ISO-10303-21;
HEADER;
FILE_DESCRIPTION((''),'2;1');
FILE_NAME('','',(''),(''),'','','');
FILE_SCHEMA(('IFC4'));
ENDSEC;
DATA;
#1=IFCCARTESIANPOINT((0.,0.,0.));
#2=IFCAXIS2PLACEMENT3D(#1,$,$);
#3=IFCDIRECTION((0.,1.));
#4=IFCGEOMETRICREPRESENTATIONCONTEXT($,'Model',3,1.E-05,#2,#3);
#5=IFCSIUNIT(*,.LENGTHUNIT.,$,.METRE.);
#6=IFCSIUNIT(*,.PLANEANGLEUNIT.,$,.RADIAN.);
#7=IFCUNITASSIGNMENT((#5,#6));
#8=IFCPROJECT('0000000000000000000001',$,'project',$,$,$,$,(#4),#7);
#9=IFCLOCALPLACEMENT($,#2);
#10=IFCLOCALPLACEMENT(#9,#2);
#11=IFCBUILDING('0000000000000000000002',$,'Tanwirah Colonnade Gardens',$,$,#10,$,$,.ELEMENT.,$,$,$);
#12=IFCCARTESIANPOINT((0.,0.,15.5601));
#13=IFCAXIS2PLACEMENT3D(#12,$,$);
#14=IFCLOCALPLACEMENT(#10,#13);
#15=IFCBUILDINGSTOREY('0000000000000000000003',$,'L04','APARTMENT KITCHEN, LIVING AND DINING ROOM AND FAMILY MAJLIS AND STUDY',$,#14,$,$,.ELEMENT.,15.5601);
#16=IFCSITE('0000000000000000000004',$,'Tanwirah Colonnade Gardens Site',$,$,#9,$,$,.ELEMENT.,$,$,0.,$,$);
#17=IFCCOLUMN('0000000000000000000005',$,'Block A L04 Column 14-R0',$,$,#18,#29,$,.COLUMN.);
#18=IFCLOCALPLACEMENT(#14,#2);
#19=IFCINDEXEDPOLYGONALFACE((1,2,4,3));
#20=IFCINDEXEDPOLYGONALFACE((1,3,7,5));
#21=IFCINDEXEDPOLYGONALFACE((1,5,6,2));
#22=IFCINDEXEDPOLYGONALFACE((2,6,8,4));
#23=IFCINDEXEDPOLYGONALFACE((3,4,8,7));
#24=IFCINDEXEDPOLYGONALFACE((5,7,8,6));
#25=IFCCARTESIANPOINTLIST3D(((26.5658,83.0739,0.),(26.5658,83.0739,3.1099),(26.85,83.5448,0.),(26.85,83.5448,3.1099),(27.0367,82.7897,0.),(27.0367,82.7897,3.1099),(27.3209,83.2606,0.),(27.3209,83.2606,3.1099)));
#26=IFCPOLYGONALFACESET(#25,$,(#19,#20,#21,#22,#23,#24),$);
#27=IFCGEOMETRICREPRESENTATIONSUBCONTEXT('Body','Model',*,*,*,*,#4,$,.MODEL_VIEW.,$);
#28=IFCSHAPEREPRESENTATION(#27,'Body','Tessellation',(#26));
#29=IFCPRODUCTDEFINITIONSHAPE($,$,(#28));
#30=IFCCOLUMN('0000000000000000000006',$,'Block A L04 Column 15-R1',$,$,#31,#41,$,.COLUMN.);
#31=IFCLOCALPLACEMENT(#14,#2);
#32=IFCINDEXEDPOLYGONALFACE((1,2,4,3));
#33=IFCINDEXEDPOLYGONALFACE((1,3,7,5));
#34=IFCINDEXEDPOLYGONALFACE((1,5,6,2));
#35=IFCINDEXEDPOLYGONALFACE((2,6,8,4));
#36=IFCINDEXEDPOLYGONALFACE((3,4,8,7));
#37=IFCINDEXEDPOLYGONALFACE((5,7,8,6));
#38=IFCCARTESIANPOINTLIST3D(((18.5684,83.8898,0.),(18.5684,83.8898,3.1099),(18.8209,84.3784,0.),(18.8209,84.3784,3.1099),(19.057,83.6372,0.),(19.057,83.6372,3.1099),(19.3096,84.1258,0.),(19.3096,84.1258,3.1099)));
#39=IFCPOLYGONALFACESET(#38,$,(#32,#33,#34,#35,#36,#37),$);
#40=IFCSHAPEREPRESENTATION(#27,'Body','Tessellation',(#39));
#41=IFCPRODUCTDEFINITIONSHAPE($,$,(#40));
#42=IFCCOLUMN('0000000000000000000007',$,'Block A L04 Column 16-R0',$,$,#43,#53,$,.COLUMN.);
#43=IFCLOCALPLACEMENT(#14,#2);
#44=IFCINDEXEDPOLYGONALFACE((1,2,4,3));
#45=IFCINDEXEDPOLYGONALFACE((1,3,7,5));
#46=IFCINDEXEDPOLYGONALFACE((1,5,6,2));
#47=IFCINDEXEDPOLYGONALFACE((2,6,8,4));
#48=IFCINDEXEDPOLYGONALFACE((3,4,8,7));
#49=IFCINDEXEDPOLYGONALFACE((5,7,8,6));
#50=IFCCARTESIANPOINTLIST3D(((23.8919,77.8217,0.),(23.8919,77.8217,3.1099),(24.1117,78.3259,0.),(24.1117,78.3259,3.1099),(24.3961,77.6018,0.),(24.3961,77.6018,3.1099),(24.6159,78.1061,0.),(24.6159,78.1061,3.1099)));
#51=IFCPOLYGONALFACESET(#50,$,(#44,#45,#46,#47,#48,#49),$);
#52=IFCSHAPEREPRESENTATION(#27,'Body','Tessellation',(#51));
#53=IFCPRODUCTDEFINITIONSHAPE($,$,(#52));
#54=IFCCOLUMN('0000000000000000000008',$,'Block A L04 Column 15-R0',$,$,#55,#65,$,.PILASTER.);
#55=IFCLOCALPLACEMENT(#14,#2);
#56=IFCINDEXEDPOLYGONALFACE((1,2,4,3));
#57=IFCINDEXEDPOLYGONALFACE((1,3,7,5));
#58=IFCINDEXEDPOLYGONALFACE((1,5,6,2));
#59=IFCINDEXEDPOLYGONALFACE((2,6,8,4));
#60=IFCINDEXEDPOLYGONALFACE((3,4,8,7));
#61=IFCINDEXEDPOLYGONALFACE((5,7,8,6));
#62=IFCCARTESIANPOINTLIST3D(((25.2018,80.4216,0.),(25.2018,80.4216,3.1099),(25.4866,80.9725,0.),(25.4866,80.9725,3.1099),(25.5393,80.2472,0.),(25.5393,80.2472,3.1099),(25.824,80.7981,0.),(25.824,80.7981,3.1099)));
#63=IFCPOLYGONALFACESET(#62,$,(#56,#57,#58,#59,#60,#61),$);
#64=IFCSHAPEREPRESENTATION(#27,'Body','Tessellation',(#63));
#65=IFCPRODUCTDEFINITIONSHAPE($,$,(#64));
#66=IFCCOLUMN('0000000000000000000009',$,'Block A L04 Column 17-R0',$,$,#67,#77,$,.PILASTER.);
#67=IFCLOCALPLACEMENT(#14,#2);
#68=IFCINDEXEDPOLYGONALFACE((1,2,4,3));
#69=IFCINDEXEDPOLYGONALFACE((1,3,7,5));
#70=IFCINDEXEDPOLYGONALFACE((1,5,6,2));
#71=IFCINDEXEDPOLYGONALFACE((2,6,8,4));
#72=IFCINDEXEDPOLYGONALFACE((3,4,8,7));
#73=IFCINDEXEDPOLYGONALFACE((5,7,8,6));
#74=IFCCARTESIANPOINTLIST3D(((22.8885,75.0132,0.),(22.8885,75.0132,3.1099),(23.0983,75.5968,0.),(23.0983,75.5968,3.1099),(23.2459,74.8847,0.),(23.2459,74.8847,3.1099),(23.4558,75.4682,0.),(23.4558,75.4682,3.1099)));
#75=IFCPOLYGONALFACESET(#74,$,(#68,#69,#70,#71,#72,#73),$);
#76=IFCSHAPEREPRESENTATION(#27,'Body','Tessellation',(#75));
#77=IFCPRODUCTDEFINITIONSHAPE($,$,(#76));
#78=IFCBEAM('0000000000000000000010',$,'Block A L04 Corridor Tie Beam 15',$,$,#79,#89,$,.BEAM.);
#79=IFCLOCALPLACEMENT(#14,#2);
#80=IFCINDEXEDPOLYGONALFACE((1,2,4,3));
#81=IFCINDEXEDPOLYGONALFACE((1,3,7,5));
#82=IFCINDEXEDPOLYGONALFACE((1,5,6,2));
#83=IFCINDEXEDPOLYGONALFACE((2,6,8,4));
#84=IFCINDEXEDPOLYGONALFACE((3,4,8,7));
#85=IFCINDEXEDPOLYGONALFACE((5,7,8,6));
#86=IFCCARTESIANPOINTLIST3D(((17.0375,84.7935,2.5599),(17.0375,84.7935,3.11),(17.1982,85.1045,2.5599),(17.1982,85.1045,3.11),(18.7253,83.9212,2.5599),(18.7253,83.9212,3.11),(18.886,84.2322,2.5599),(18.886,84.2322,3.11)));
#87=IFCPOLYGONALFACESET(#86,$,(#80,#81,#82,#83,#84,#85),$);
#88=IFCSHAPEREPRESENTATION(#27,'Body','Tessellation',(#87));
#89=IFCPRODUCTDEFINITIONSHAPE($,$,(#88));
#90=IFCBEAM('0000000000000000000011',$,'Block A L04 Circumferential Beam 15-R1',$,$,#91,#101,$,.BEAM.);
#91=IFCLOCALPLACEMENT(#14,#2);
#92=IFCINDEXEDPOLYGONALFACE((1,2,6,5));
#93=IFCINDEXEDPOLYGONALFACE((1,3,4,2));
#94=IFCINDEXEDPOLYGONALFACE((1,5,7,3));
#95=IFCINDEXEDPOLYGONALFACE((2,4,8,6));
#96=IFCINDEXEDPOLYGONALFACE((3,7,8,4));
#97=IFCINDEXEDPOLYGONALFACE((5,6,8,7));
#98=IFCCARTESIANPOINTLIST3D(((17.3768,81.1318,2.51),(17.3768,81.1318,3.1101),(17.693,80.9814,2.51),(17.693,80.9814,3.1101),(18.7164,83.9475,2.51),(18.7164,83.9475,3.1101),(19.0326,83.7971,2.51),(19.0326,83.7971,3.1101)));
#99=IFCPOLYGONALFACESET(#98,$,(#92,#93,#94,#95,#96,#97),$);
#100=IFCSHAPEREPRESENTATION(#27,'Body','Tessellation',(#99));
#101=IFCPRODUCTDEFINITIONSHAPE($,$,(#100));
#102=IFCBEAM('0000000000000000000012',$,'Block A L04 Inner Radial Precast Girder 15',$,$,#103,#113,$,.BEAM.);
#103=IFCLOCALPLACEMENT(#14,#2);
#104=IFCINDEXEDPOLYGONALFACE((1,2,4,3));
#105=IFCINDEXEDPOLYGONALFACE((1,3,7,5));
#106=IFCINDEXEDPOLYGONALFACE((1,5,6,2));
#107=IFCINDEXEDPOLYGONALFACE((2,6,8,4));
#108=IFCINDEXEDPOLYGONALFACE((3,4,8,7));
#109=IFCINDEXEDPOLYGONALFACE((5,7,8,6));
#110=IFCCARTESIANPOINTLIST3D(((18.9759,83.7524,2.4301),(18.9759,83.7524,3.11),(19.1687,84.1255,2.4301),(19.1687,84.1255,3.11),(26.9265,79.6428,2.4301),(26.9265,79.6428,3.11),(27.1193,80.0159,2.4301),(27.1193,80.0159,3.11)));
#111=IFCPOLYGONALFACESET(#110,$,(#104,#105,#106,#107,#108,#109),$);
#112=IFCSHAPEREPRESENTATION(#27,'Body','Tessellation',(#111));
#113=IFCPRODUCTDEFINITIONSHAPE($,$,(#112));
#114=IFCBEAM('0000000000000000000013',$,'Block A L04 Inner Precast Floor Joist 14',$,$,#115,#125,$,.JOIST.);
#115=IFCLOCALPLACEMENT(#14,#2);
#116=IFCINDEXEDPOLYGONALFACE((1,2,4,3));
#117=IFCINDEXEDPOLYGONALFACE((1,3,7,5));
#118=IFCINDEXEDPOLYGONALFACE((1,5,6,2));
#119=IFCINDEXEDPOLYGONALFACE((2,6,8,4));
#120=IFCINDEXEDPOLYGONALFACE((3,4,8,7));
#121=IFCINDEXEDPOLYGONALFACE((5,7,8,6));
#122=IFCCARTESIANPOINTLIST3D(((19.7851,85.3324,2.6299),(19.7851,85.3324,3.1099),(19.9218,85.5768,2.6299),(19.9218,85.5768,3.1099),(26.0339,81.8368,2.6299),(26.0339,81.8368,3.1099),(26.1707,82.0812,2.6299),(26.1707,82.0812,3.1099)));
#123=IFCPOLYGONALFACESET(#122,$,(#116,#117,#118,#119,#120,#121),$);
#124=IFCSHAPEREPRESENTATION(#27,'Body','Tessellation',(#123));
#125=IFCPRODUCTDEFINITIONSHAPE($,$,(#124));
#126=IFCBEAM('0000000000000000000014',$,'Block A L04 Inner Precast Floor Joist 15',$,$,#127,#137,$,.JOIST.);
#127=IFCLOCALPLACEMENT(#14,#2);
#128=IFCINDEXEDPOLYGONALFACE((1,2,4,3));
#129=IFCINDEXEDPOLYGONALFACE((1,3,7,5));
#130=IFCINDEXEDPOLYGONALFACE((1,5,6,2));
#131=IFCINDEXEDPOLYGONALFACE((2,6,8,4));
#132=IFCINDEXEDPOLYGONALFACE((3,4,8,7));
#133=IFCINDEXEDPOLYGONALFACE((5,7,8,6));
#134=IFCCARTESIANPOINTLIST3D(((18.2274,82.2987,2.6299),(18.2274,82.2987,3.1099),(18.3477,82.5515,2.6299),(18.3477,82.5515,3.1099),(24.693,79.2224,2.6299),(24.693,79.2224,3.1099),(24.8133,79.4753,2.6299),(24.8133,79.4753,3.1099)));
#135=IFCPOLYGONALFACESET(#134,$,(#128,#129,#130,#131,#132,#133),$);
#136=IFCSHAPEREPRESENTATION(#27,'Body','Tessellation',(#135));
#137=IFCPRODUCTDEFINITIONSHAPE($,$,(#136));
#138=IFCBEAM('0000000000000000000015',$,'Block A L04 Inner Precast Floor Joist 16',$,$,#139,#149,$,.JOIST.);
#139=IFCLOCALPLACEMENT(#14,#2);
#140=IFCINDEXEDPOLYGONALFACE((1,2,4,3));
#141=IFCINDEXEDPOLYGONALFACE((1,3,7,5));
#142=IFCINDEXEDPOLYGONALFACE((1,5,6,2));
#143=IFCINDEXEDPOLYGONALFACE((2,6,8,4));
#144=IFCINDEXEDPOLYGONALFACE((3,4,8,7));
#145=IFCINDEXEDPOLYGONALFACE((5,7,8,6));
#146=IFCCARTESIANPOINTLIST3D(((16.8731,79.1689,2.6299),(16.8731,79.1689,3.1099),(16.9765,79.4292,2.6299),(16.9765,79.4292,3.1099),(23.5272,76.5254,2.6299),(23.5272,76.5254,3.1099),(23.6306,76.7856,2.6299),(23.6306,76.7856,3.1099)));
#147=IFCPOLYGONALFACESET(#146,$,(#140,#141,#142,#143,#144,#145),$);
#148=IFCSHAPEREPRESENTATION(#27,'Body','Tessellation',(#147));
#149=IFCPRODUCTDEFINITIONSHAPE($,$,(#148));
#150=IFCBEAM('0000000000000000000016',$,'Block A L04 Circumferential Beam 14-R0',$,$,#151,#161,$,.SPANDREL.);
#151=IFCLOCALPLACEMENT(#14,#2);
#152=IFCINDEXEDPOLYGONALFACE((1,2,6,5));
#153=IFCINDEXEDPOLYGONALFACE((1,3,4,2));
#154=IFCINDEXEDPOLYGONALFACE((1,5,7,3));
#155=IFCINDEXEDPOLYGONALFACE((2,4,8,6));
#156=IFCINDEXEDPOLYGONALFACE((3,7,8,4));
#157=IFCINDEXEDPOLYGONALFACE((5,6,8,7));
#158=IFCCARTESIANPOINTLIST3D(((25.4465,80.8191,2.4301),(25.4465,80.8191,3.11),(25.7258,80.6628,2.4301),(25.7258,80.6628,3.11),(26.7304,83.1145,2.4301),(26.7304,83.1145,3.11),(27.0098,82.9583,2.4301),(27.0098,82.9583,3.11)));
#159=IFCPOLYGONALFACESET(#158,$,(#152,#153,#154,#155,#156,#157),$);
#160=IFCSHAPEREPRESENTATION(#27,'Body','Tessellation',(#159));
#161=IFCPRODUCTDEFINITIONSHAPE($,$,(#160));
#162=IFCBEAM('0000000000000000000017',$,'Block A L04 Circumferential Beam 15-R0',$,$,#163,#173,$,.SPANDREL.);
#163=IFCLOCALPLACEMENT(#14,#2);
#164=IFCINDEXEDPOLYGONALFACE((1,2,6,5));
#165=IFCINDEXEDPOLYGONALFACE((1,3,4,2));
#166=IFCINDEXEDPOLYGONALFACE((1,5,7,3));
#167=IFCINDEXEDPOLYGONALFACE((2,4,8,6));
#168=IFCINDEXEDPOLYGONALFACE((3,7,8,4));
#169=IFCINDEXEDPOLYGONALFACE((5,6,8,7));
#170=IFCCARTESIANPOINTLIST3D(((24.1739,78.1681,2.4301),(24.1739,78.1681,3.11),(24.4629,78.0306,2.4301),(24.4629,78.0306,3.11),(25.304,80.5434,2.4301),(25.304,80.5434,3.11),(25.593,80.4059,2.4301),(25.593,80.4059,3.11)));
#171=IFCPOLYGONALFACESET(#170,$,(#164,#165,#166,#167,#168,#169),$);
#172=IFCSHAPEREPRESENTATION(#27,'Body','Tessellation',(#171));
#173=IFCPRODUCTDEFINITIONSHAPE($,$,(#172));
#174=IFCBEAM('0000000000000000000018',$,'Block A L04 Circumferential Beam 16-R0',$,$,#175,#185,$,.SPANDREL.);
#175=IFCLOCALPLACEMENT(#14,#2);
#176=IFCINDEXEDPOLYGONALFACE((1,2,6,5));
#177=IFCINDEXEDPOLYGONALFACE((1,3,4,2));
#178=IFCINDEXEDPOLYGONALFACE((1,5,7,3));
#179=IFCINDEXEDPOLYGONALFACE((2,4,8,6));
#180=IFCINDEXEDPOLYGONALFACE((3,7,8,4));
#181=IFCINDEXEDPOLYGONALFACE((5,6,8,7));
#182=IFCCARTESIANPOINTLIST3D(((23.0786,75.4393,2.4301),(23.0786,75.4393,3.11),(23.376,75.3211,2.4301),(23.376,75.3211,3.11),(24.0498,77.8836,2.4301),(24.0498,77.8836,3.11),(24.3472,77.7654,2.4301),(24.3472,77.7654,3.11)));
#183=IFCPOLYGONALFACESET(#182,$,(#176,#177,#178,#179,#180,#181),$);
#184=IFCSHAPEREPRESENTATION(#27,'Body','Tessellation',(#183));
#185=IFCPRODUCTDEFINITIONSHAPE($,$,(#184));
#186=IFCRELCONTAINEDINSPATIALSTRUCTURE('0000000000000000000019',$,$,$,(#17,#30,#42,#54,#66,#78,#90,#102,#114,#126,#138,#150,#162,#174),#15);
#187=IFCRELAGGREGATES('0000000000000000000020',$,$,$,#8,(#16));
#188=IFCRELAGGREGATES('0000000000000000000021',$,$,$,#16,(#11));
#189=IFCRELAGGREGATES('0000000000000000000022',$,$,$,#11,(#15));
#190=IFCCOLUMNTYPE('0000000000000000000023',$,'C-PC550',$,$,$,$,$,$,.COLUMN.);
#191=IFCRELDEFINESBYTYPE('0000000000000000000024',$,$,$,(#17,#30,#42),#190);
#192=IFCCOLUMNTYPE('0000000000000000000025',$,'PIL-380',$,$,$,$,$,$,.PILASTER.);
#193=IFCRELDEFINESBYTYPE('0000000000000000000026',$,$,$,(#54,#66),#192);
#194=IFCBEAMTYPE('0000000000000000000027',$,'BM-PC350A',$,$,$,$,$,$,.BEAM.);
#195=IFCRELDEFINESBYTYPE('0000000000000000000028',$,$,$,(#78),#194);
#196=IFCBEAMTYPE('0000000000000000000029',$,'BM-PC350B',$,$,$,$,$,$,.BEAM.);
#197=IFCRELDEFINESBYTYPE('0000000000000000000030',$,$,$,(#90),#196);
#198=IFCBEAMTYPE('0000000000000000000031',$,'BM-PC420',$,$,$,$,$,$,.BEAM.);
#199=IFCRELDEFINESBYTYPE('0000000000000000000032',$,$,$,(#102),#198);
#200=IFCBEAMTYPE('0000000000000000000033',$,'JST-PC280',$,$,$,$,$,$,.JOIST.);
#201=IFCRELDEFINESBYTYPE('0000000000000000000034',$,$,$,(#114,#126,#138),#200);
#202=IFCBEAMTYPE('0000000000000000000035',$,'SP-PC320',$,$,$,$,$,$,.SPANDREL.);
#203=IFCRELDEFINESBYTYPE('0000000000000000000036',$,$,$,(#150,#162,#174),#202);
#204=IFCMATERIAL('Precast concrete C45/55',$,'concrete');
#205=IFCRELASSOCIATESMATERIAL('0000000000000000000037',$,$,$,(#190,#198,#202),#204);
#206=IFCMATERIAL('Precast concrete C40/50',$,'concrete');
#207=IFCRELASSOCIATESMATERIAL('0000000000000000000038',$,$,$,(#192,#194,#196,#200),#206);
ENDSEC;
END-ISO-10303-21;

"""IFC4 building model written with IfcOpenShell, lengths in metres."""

from ifc_helpers import new_model, si_unit, direction, frame, origin, origin_2d, place, context, subcontext, project, spatial, rectangle, extrude, material, material_profile, profile_set, type_object, element, save


model = new_model("IFC4")

# Units and contexts
model_context = context("Model", 3, precision=1e-05, world=origin(), true_north=direction((0.0, 1.0)))
body_context = subcontext(model_context, "Body", "Model", "MODEL_VIEW")
ifc_project = project(units=[si_unit("LENGTHUNIT", "METRE"), si_unit("PLANEANGLEUNIT", "RADIAN")], contexts=[model_context])

# Site, building, storey
site_placement = place(None, origin())
site = spatial("IfcSite", under=ifc_project, at=site_placement, Name="Tanwirah Colonnade Gardens Site", CompositionType="ELEMENT", RefElevation=0.0)
building_placement = place(site_placement, origin())
building = spatial("IfcBuilding", under=site, at=building_placement, Name="Tanwirah Colonnade Gardens", CompositionType="ELEMENT")
storey_placement = place(building_placement, frame((0.0, 0.0, 15.5601)))
storey = spatial("IfcBuildingStorey", under=building, at=storey_placement, Name="L04", Description="APARTMENT KITCHEN, LIVING AND DINING ROOM AND FAMILY MAJLIS AND STUDY", CompositionType="ELEMENT", Elevation=15.5601)

# Columns
ifc_material_1 = material(Name="Precast concrete C45/55", Category="concrete")
ifc_material_profile_1 = material_profile(ifc_material_1, rectangle(XDim=0.55, YDim=0.55, at=origin_2d()), Name="PC-COL 550x550")
ifc_profile_set_1 = profile_set([ifc_material_profile_1], Name="Precast concrete C45/55")
column_type_1 = type_object("IfcColumnType", Name="C-PC550", PredefinedType="COLUMN", material=ifc_profile_set_1)
for number, where, z_axis, x_axis, name in (
    (1, (26.9434, 83.1672, 0.0), (0.0, 0.0, 1.0), (-0.856167, 0.516699, 0.0), "Block A L04 Column 14-R0"),
    (2, (18.939, 84.0078, 0.0), (0.0, 0.0, 1.0), (-0.88835, 0.459166, 0.0), "Block A L04 Column 15-R1"),
    (3, (24.2539, 77.9639, 0.0), (0.0, 0.0, 1.0), (-0.916673, 0.399638, 0.0), "Block A L04 Column 16-R0"),
):
    element("IfcColumn", number, at=place(storey_placement, frame(where, z_axis=z_axis, x_axis=x_axis)), inside=storey, type_object=column_type_1, Name=name, PredefinedType="COLUMN", context=body_context, shape_type="SweptSolid", body=[
        extrude(rectangle(XDim=0.55, YDim=0.55, at=origin_2d()), origin(), (0.0, 0.0, 1.0), 3.1099),
    ])
ifc_material_2 = material(Name="Precast concrete C40/50", Category="concrete")
ifc_material_profile_2 = material_profile(ifc_material_2, rectangle(XDim=0.3799, YDim=0.6201, at=origin_2d()), Name="PC-PIL 380x620")
ifc_profile_set_2 = profile_set([ifc_material_profile_2], Name="Precast concrete C40/50")
column_type_2 = type_object("IfcColumnType", Name="PIL-380", PredefinedType="PILASTER", material=ifc_profile_set_2)
for number, where, z_axis, x_axis, name in (
    (4, (25.5129, 80.6099, 0.0), (0.0, 0.0, 1.0), (-0.88835, 0.459166, 0.0), "Block A L04 Column 15-R0"),
    (5, (23.1721, 75.2407, 0.0), (0.0, 0.0, 1.0), (-0.941012, 0.338373, 0.0), "Block A L04 Column 17-R0"),
):
    element("IfcColumn", number, at=place(storey_placement, frame(where, z_axis=z_axis, x_axis=x_axis)), inside=storey, type_object=column_type_2, Name=name, PredefinedType="PILASTER", context=body_context, shape_type="SweptSolid", body=[
        extrude(rectangle(XDim=0.3799, YDim=0.6201, at=origin_2d()), origin(), (0.0, 0.0, 1.0), 3.1099),
    ])

# Beams
ifc_material_profile_3 = material_profile(ifc_material_2, rectangle(XDim=0.3501, YDim=0.55, at=origin_2d()), Name="PC-BM 350x550")
ifc_profile_set_3 = profile_set([ifc_material_profile_3], Name="Precast concrete C40/50")
beam_type_1 = type_object("IfcBeamType", Name="BM-PC350A", PredefinedType="BEAM", material=ifc_profile_set_3)
beam_1_placement = place(storey_placement, frame((18.8057, 84.0767, 2.835), z_axis=(-0.888359, 0.45915, 0.0), x_axis=(-0.45915, -0.888359, 0.0)))
element("IfcBeam", 6, at=beam_1_placement, inside=storey, type_object=beam_type_1, Name="Block A L04 Corridor Tie Beam 15", PredefinedType="BEAM", context=body_context, shape_type="SweptSolid", body=[
    extrude(rectangle(XDim=0.3501, YDim=0.55, at=origin_2d()), origin(), (0.0, 0.0, 1.0), 1.8999),
])
ifc_material_profile_4 = material_profile(ifc_material_2, rectangle(XDim=0.3501, YDim=0.6001, at=origin_2d()), Name="PC-BM 350x600")
ifc_profile_set_4 = profile_set([ifc_material_profile_4], Name="Precast concrete C40/50")
beam_type_2 = type_object("IfcBeamType", Name="BM-PC350B", PredefinedType="BEAM", material=ifc_profile_set_4)
beam_2_placement = place(storey_placement, frame((18.8745, 83.8723, 2.8101), z_axis=(-0.429621, -0.90301, 0.0), x_axis=(0.90301, -0.429621, 0.0)))
element("IfcBeam", 7, at=beam_2_placement, inside=storey, type_object=beam_type_2, Name="Block A L04 Circumferential Beam 15-R1", PredefinedType="BEAM", context=body_context, shape_type="SweptSolid", body=[
    extrude(rectangle(XDim=0.3501, YDim=0.6001, at=origin_2d()), origin(), (0.0, 0.0, 1.0), 3.1182),
])
ifc_material_profile_5 = material_profile(ifc_material_1, rectangle(XDim=0.4199, YDim=0.6799, at=origin_2d()), Name="PC-BM 420x680")
ifc_profile_set_5 = profile_set([ifc_material_profile_5], Name="Precast concrete C45/55")
beam_type_3 = type_object("IfcBeamType", Name="BM-PC420", PredefinedType="BEAM", material=ifc_profile_set_5)
beam_3_placement = place(storey_placement, frame((19.0723, 83.939, 2.77), z_axis=(0.888345, -0.459176, 0.0), x_axis=(0.459176, 0.888345, 0.0)))
element("IfcBeam", 8, at=beam_3_placement, inside=storey, type_object=beam_type_3, Name="Block A L04 Inner Radial Precast Girder 15", PredefinedType="BEAM", context=body_context, shape_type="SweptSolid", body=[
    extrude(rectangle(XDim=0.4199, YDim=0.6799, at=origin_2d()), origin(), (0.0, 0.0, 1.0), 8.95),
])
ifc_material_profile_6 = material_profile(ifc_material_2, rectangle(XDim=0.28, YDim=0.48, at=origin_2d()), Name="PC-JST 280x480")
ifc_profile_set_6 = profile_set([ifc_material_profile_6], Name="Precast concrete C40/50")
beam_type_4 = type_object("IfcBeamType", Name="JST-PC280", PredefinedType="JOIST", material=ifc_profile_set_6)
for number, where, z_axis, x_axis, name in (
    (9, (26.1023, 81.959, 2.8699), (-0.872727, 0.488209, 0.0), (-0.488209, -0.872727, 0.0), "Block A L04 Inner Precast Floor Joist 14"),
    (10, (24.7532, 79.3489, 2.8699), (-0.903005, 0.429629, 0.0), (-0.429629, -0.903005, 0.0), "Block A L04 Inner Precast Floor Joist 15"),
):
    element("IfcBeam", number, at=place(storey_placement, frame(where, z_axis=z_axis, x_axis=x_axis)), inside=storey, type_object=beam_type_4, Name=name, PredefinedType="JOIST", context=body_context, shape_type="SweptSolid", body=[
        extrude(rectangle(XDim=0.28, YDim=0.48, at=origin_2d()), origin(), (0.0, 0.0, 1.0), 7.1602),
    ])
beam_4_placement = place(storey_placement, frame((23.5789, 76.6555, 2.8699), z_axis=(-0.929344, 0.369214, 0.0), x_axis=(-0.369214, -0.929344, 0.0)))
element("IfcBeam", 11, at=beam_4_placement, inside=storey, type_object=beam_type_4, Name="Block A L04 Inner Precast Floor Joist 16", PredefinedType="JOIST", context=body_context, shape_type="SweptSolid", body=[
    extrude(rectangle(XDim=0.28, YDim=0.48, at=origin_2d()), origin(), (0.0, 0.0, 1.0), 7.1599),
])
ifc_material_profile_7 = material_profile(ifc_material_1, rectangle(XDim=0.3201, YDim=0.6799, at=origin_2d()), Name="PC-SP 320x680")
ifc_profile_set_7 = profile_set([ifc_material_profile_7], Name="Precast concrete C45/55")
beam_type_5 = type_object("IfcBeamType", Name="SP-PC320", PredefinedType="SPANDREL", material=ifc_profile_set_7)
beam_5_placement = place(storey_placement, frame((26.8701, 83.0364, 2.77), z_axis=(-0.488171, -0.872748, 0.0), x_axis=(0.872748, -0.488171, 0.0)))
element("IfcBeam", 12, at=beam_5_placement, inside=storey, type_object=beam_type_5, Name="Block A L04 Circumferential Beam 14-R0", PredefinedType="SPANDREL", context=body_context, shape_type="SweptSolid", body=[
    extrude(rectangle(XDim=0.3201, YDim=0.6799, at=origin_2d()), origin(), (0.0, 0.0, 1.0), 2.6301),
])
beam_6_placement = place(storey_placement, frame((25.4485, 80.4746, 2.77), z_axis=(-0.429642, -0.902999, 0.0), x_axis=(0.902999, -0.429642, 0.0)))
element("IfcBeam", 13, at=beam_6_placement, inside=storey, type_object=beam_type_5, Name="Block A L04 Circumferential Beam 15-R0", PredefinedType="SPANDREL", context=body_context, shape_type="SweptSolid", body=[
    extrude(rectangle(XDim=0.3201, YDim=0.6799, at=origin_2d()), origin(), (0.0, 0.0, 1.0), 2.6304),
])
beam_7_placement = place(storey_placement, frame((24.1985, 77.8245, 2.77), z_axis=(-0.369245, -0.929332, 0.0), x_axis=(0.929332, -0.369245, 0.0)))
element("IfcBeam", 14, at=beam_7_placement, inside=storey, type_object=beam_type_5, Name="Block A L04 Circumferential Beam 16-R0", PredefinedType="SPANDREL", context=body_context, shape_type="SweptSolid", body=[
    extrude(rectangle(XDim=0.3201, YDim=0.6799, at=origin_2d()), origin(), (0.0, 0.0, 1.0), 2.6301),
])

save(model, "model.ifc")
